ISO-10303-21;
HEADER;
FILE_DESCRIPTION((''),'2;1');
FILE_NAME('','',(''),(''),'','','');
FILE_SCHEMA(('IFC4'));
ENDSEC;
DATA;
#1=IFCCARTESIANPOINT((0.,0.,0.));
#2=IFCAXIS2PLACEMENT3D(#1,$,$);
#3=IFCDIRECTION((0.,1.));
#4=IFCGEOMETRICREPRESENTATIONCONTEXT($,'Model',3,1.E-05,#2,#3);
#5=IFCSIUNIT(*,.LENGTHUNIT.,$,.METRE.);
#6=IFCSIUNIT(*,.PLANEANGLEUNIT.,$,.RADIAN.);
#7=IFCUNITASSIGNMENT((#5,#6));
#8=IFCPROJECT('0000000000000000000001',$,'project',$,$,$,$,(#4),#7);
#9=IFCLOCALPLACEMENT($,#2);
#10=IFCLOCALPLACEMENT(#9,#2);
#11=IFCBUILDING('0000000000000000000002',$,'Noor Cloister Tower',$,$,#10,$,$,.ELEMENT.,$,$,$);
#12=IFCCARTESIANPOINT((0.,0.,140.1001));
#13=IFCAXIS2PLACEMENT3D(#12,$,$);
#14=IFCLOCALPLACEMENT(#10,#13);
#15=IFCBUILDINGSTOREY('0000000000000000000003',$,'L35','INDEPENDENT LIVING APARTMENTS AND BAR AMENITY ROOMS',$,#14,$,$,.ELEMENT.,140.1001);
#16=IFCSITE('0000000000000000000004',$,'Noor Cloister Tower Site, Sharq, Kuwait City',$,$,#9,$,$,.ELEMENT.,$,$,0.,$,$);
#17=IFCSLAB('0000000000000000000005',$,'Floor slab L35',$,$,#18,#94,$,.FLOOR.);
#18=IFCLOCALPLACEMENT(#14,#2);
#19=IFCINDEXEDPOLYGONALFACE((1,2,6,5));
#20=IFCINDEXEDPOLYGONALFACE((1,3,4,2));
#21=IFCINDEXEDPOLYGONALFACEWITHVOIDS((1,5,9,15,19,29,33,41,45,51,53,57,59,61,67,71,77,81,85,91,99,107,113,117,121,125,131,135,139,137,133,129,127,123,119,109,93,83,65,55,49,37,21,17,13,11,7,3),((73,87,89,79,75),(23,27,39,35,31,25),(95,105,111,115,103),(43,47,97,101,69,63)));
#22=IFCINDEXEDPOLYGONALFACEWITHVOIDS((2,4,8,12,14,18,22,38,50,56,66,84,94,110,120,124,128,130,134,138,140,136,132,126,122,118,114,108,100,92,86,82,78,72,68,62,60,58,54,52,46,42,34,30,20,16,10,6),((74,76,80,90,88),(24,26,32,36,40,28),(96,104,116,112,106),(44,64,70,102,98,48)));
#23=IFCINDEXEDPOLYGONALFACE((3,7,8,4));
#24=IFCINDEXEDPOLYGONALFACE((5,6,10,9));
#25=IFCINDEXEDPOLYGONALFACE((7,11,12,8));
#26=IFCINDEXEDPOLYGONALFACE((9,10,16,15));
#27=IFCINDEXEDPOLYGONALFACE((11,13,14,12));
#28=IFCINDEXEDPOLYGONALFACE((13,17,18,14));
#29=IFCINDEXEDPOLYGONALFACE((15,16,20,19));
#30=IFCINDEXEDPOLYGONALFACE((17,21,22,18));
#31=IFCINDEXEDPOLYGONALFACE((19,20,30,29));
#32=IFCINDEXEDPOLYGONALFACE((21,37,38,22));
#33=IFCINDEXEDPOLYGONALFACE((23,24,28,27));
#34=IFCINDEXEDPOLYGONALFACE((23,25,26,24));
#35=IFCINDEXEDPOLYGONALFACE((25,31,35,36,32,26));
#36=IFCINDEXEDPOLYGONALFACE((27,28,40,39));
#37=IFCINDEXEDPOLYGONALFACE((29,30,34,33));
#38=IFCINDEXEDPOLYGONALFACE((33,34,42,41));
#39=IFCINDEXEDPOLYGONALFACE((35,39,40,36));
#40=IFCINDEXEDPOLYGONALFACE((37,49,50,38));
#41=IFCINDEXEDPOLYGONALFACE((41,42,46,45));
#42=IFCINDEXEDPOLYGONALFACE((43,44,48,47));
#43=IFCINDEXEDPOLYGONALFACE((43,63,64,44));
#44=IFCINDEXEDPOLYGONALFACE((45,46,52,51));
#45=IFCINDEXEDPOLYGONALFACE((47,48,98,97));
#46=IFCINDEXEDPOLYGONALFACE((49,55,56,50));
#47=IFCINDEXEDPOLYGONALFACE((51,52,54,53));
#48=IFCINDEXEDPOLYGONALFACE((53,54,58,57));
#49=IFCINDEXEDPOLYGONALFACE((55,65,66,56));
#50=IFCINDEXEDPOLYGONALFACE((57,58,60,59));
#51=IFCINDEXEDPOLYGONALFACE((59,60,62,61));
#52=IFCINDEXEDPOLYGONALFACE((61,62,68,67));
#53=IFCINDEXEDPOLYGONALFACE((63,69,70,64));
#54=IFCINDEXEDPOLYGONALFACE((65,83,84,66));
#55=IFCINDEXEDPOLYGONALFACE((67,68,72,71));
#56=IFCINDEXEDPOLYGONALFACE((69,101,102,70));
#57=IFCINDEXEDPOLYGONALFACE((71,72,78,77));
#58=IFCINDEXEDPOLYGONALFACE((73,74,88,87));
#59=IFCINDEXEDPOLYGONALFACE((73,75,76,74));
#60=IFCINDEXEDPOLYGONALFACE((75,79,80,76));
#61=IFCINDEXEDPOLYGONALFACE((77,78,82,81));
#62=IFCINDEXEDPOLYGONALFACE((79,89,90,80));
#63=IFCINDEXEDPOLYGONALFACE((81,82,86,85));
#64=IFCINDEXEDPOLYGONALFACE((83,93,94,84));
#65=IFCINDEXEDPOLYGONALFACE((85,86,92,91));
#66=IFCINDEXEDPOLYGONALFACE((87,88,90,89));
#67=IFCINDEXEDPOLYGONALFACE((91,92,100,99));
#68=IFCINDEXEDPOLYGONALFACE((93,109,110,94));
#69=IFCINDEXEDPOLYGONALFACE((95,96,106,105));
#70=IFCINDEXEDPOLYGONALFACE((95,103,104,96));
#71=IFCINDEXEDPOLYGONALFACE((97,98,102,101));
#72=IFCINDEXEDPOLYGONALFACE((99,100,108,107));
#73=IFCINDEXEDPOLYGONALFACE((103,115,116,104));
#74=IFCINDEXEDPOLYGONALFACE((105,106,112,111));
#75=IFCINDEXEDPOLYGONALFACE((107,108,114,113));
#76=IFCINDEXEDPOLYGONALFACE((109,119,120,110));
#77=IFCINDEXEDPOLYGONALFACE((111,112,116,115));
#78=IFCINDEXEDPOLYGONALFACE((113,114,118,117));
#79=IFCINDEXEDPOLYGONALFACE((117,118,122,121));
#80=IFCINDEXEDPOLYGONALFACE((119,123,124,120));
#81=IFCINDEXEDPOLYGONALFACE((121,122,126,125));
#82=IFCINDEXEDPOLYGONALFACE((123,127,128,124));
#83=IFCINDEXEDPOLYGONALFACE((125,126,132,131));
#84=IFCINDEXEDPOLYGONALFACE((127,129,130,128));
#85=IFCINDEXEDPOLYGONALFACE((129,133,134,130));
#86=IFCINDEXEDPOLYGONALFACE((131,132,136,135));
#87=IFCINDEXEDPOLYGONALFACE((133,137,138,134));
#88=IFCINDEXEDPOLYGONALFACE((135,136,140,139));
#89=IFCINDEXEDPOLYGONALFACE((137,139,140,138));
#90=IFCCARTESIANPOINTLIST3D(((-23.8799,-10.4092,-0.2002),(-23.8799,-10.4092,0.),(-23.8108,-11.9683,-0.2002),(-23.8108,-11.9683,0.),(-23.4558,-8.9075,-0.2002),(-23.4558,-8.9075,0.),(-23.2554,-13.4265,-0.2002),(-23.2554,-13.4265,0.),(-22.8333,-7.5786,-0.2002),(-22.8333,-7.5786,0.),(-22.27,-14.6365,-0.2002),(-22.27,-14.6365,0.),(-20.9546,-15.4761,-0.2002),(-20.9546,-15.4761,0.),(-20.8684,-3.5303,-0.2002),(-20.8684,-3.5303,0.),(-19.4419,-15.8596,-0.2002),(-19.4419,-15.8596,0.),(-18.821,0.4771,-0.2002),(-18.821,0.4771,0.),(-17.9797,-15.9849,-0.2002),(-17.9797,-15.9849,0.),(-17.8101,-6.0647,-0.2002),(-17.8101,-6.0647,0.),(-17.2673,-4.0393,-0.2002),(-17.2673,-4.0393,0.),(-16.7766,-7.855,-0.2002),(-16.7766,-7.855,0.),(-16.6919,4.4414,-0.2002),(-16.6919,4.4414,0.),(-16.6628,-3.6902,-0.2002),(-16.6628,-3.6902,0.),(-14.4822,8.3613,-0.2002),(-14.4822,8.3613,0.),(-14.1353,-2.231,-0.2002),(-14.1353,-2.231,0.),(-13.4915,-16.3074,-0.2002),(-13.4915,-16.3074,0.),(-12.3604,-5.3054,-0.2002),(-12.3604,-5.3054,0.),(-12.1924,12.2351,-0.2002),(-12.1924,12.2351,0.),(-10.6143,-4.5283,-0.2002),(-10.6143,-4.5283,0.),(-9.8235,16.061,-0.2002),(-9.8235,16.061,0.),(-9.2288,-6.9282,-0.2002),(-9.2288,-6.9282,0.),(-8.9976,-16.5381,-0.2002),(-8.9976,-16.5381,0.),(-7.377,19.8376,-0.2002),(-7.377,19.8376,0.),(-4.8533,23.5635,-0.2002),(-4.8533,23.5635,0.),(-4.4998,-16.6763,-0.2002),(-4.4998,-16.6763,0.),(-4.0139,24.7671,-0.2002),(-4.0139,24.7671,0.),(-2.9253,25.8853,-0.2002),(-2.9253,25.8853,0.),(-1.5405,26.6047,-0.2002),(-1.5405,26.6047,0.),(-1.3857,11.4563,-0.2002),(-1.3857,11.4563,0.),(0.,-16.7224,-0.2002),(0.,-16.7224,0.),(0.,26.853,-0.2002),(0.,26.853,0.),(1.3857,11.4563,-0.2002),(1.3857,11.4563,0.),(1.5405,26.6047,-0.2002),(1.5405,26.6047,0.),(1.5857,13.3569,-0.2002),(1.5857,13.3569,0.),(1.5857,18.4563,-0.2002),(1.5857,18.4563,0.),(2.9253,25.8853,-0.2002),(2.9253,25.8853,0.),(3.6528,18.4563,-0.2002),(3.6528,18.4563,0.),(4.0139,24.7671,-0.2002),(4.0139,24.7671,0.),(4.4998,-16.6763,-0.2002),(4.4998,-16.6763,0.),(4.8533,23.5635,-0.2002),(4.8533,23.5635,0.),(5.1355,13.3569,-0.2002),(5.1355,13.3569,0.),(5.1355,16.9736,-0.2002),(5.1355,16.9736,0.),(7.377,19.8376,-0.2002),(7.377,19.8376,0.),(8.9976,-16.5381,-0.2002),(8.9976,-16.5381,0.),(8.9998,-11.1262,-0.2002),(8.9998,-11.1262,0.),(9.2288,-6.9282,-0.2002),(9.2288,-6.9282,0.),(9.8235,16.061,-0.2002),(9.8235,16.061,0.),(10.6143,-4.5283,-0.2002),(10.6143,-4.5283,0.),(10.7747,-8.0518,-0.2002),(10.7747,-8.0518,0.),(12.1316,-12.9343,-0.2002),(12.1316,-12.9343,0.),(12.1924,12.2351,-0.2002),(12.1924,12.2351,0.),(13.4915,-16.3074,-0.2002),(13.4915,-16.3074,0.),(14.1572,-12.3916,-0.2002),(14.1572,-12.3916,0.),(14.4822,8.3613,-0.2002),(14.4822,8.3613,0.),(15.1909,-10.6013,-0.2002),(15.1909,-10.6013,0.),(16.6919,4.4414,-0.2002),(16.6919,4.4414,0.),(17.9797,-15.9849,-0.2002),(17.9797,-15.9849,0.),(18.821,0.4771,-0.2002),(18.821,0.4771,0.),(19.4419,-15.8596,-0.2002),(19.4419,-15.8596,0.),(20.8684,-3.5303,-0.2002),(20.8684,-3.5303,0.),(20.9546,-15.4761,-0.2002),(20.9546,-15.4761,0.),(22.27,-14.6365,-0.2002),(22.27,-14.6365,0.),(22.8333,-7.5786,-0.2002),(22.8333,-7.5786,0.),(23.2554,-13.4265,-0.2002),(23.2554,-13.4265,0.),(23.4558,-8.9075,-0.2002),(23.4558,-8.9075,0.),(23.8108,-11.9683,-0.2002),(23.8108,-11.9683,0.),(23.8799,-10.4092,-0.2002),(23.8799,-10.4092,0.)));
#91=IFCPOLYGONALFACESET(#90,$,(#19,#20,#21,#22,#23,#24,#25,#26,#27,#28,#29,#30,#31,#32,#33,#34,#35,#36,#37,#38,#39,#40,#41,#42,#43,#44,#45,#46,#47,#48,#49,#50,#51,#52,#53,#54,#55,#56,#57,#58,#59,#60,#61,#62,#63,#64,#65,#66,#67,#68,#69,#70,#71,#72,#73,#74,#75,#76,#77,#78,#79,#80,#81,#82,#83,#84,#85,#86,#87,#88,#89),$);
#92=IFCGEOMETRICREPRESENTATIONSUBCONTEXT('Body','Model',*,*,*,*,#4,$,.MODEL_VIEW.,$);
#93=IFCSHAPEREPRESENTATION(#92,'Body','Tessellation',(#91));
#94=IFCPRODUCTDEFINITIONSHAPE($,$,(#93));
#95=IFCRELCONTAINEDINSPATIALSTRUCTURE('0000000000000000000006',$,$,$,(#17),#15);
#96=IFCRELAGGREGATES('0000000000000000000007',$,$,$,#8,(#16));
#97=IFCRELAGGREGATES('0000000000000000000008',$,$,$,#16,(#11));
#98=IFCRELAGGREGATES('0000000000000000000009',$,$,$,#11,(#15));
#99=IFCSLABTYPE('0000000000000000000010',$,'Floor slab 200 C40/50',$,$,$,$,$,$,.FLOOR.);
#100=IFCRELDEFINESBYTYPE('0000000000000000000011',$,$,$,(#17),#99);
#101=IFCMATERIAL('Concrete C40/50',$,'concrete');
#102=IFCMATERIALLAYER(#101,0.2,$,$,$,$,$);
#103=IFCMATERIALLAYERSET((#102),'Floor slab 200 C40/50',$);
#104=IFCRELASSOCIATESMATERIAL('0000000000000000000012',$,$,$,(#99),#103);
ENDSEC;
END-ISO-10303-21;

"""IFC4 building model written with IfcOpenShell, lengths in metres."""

from ifc_helpers import new_model, si_unit, direction, frame, origin, place, context, subcontext, project, spatial, polyline, outline, extrude, material, layer, layer_set, type_object, element, save


model = new_model("IFC4")

# Units and contexts
model_context = context("Model", 3, precision=1e-05, world=origin(), true_north=direction((0.0, 1.0)))
body_context = subcontext(model_context, "Body", "Model", "MODEL_VIEW")
ifc_project = project(units=[si_unit("LENGTHUNIT", "METRE"), si_unit("PLANEANGLEUNIT", "RADIAN")], contexts=[model_context])

# Site, building, storey
site_placement = place(None, origin())
site = spatial("IfcSite", under=ifc_project, at=site_placement, Name="Noor Cloister Tower Site, Sharq, Kuwait City", CompositionType="ELEMENT", RefElevation=0.0)
building_placement = place(site_placement, origin())
building = spatial("IfcBuilding", under=site, at=building_placement, Name="Noor Cloister Tower", CompositionType="ELEMENT")
storey_placement = place(building_placement, frame((0.0, 0.0, 140.1001)))
storey = spatial("IfcBuildingStorey", under=building, at=storey_placement, Name="L35", Description="INDEPENDENT LIVING APARTMENTS AND BAR AMENITY ROOMS", CompositionType="ELEMENT", Elevation=140.1001)

# Slab
ifc_material_1 = material(Name="Concrete C40/50", Category="concrete")
ifc_layer_1 = layer(ifc_material_1, 0.2)
ifc_layer_set_1 = layer_set([ifc_layer_1], Name="Floor slab 200 C40/50")
slab_type_1 = type_object("IfcSlabType", Name="Floor slab 200 C40/50", PredefinedType="FLOOR", material=ifc_layer_set_1)
slab_1_placement = place(storey_placement, frame((0.0, 0.0, -0.2002)))
element("IfcSlab", 1, at=slab_1_placement, inside=storey, type_object=slab_type_1, Name="Floor slab L35", PredefinedType="FLOOR", context=body_context, shape_type="SweptSolid", body=[
    extrude(outline(polyline([(4.0139, 24.7671), (2.9253, 25.8853), (1.5405, 26.6047), (0.0, 26.853), (-1.5405, 26.6047), (-2.9253, 25.8853), (-4.0139, 24.7671), (-4.8533, 23.5635), (-7.377, 19.8376), (-9.8235, 16.061), (-12.1924, 12.2351), (-14.4822, 8.3613), (-16.6919, 4.4414), (-18.821, 0.4771), (-20.8684, -3.5303), (-22.8333, -7.5786), (-23.4558, -8.9075), (-23.8799, -10.4092), (-23.8108, -11.9683), (-23.2554, -13.4265), (-22.27, -14.6365), (-20.9546, -15.4761), (-19.4419, -15.8596), (-17.9797, -15.9849), (-13.4915, -16.3074), (-8.9976, -16.5381), (-4.4998, -16.6763), (0.0, -16.7224), (4.4998, -16.6763), (8.9976, -16.5381), (13.4915, -16.3074), (17.9797, -15.9849), (19.4419, -15.8596), (20.9546, -15.4761), (22.27, -14.6365), (23.2554, -13.4265), (23.8108, -11.9683), (23.8799, -10.4092), (23.4558, -8.9075), (22.8333, -7.5786), (20.8684, -3.5303), (18.821, 0.4771), (16.6919, 4.4414), (14.4822, 8.3613), (12.1924, 12.2351), (9.8235, 16.061), (7.377, 19.8376), (4.8533, 23.5635), (4.0139, 24.7671)]), holes=[polyline([(8.9998, -11.1262), (12.1316, -12.9343), (14.1572, -12.3916), (15.1909, -10.6013), (10.7747, -8.0518), (8.9998, -11.1262)]), polyline([(-17.8101, -6.0647), (-16.7766, -7.855), (-12.3604, -5.3054), (-14.1353, -2.231), (-16.6628, -3.6902), (-17.2673, -4.0393), (-17.8101, -6.0647)]), polyline([(-10.6143, -4.5283), (-9.2288, -6.9282), (9.2288, -6.9282), (10.6143, -4.5283), (1.3857, 11.4563), (-1.3857, 11.4563), (-10.6143, -4.5283)]), polyline([(3.6528, 18.4563), (1.5857, 18.4563), (1.5857, 13.3569), (5.1355, 13.3569), (5.1355, 16.9736), (3.6528, 18.4563)])]), origin(), (0.0, 0.0, 1.0), 0.2002),
])

save(model, "model.ifc")
